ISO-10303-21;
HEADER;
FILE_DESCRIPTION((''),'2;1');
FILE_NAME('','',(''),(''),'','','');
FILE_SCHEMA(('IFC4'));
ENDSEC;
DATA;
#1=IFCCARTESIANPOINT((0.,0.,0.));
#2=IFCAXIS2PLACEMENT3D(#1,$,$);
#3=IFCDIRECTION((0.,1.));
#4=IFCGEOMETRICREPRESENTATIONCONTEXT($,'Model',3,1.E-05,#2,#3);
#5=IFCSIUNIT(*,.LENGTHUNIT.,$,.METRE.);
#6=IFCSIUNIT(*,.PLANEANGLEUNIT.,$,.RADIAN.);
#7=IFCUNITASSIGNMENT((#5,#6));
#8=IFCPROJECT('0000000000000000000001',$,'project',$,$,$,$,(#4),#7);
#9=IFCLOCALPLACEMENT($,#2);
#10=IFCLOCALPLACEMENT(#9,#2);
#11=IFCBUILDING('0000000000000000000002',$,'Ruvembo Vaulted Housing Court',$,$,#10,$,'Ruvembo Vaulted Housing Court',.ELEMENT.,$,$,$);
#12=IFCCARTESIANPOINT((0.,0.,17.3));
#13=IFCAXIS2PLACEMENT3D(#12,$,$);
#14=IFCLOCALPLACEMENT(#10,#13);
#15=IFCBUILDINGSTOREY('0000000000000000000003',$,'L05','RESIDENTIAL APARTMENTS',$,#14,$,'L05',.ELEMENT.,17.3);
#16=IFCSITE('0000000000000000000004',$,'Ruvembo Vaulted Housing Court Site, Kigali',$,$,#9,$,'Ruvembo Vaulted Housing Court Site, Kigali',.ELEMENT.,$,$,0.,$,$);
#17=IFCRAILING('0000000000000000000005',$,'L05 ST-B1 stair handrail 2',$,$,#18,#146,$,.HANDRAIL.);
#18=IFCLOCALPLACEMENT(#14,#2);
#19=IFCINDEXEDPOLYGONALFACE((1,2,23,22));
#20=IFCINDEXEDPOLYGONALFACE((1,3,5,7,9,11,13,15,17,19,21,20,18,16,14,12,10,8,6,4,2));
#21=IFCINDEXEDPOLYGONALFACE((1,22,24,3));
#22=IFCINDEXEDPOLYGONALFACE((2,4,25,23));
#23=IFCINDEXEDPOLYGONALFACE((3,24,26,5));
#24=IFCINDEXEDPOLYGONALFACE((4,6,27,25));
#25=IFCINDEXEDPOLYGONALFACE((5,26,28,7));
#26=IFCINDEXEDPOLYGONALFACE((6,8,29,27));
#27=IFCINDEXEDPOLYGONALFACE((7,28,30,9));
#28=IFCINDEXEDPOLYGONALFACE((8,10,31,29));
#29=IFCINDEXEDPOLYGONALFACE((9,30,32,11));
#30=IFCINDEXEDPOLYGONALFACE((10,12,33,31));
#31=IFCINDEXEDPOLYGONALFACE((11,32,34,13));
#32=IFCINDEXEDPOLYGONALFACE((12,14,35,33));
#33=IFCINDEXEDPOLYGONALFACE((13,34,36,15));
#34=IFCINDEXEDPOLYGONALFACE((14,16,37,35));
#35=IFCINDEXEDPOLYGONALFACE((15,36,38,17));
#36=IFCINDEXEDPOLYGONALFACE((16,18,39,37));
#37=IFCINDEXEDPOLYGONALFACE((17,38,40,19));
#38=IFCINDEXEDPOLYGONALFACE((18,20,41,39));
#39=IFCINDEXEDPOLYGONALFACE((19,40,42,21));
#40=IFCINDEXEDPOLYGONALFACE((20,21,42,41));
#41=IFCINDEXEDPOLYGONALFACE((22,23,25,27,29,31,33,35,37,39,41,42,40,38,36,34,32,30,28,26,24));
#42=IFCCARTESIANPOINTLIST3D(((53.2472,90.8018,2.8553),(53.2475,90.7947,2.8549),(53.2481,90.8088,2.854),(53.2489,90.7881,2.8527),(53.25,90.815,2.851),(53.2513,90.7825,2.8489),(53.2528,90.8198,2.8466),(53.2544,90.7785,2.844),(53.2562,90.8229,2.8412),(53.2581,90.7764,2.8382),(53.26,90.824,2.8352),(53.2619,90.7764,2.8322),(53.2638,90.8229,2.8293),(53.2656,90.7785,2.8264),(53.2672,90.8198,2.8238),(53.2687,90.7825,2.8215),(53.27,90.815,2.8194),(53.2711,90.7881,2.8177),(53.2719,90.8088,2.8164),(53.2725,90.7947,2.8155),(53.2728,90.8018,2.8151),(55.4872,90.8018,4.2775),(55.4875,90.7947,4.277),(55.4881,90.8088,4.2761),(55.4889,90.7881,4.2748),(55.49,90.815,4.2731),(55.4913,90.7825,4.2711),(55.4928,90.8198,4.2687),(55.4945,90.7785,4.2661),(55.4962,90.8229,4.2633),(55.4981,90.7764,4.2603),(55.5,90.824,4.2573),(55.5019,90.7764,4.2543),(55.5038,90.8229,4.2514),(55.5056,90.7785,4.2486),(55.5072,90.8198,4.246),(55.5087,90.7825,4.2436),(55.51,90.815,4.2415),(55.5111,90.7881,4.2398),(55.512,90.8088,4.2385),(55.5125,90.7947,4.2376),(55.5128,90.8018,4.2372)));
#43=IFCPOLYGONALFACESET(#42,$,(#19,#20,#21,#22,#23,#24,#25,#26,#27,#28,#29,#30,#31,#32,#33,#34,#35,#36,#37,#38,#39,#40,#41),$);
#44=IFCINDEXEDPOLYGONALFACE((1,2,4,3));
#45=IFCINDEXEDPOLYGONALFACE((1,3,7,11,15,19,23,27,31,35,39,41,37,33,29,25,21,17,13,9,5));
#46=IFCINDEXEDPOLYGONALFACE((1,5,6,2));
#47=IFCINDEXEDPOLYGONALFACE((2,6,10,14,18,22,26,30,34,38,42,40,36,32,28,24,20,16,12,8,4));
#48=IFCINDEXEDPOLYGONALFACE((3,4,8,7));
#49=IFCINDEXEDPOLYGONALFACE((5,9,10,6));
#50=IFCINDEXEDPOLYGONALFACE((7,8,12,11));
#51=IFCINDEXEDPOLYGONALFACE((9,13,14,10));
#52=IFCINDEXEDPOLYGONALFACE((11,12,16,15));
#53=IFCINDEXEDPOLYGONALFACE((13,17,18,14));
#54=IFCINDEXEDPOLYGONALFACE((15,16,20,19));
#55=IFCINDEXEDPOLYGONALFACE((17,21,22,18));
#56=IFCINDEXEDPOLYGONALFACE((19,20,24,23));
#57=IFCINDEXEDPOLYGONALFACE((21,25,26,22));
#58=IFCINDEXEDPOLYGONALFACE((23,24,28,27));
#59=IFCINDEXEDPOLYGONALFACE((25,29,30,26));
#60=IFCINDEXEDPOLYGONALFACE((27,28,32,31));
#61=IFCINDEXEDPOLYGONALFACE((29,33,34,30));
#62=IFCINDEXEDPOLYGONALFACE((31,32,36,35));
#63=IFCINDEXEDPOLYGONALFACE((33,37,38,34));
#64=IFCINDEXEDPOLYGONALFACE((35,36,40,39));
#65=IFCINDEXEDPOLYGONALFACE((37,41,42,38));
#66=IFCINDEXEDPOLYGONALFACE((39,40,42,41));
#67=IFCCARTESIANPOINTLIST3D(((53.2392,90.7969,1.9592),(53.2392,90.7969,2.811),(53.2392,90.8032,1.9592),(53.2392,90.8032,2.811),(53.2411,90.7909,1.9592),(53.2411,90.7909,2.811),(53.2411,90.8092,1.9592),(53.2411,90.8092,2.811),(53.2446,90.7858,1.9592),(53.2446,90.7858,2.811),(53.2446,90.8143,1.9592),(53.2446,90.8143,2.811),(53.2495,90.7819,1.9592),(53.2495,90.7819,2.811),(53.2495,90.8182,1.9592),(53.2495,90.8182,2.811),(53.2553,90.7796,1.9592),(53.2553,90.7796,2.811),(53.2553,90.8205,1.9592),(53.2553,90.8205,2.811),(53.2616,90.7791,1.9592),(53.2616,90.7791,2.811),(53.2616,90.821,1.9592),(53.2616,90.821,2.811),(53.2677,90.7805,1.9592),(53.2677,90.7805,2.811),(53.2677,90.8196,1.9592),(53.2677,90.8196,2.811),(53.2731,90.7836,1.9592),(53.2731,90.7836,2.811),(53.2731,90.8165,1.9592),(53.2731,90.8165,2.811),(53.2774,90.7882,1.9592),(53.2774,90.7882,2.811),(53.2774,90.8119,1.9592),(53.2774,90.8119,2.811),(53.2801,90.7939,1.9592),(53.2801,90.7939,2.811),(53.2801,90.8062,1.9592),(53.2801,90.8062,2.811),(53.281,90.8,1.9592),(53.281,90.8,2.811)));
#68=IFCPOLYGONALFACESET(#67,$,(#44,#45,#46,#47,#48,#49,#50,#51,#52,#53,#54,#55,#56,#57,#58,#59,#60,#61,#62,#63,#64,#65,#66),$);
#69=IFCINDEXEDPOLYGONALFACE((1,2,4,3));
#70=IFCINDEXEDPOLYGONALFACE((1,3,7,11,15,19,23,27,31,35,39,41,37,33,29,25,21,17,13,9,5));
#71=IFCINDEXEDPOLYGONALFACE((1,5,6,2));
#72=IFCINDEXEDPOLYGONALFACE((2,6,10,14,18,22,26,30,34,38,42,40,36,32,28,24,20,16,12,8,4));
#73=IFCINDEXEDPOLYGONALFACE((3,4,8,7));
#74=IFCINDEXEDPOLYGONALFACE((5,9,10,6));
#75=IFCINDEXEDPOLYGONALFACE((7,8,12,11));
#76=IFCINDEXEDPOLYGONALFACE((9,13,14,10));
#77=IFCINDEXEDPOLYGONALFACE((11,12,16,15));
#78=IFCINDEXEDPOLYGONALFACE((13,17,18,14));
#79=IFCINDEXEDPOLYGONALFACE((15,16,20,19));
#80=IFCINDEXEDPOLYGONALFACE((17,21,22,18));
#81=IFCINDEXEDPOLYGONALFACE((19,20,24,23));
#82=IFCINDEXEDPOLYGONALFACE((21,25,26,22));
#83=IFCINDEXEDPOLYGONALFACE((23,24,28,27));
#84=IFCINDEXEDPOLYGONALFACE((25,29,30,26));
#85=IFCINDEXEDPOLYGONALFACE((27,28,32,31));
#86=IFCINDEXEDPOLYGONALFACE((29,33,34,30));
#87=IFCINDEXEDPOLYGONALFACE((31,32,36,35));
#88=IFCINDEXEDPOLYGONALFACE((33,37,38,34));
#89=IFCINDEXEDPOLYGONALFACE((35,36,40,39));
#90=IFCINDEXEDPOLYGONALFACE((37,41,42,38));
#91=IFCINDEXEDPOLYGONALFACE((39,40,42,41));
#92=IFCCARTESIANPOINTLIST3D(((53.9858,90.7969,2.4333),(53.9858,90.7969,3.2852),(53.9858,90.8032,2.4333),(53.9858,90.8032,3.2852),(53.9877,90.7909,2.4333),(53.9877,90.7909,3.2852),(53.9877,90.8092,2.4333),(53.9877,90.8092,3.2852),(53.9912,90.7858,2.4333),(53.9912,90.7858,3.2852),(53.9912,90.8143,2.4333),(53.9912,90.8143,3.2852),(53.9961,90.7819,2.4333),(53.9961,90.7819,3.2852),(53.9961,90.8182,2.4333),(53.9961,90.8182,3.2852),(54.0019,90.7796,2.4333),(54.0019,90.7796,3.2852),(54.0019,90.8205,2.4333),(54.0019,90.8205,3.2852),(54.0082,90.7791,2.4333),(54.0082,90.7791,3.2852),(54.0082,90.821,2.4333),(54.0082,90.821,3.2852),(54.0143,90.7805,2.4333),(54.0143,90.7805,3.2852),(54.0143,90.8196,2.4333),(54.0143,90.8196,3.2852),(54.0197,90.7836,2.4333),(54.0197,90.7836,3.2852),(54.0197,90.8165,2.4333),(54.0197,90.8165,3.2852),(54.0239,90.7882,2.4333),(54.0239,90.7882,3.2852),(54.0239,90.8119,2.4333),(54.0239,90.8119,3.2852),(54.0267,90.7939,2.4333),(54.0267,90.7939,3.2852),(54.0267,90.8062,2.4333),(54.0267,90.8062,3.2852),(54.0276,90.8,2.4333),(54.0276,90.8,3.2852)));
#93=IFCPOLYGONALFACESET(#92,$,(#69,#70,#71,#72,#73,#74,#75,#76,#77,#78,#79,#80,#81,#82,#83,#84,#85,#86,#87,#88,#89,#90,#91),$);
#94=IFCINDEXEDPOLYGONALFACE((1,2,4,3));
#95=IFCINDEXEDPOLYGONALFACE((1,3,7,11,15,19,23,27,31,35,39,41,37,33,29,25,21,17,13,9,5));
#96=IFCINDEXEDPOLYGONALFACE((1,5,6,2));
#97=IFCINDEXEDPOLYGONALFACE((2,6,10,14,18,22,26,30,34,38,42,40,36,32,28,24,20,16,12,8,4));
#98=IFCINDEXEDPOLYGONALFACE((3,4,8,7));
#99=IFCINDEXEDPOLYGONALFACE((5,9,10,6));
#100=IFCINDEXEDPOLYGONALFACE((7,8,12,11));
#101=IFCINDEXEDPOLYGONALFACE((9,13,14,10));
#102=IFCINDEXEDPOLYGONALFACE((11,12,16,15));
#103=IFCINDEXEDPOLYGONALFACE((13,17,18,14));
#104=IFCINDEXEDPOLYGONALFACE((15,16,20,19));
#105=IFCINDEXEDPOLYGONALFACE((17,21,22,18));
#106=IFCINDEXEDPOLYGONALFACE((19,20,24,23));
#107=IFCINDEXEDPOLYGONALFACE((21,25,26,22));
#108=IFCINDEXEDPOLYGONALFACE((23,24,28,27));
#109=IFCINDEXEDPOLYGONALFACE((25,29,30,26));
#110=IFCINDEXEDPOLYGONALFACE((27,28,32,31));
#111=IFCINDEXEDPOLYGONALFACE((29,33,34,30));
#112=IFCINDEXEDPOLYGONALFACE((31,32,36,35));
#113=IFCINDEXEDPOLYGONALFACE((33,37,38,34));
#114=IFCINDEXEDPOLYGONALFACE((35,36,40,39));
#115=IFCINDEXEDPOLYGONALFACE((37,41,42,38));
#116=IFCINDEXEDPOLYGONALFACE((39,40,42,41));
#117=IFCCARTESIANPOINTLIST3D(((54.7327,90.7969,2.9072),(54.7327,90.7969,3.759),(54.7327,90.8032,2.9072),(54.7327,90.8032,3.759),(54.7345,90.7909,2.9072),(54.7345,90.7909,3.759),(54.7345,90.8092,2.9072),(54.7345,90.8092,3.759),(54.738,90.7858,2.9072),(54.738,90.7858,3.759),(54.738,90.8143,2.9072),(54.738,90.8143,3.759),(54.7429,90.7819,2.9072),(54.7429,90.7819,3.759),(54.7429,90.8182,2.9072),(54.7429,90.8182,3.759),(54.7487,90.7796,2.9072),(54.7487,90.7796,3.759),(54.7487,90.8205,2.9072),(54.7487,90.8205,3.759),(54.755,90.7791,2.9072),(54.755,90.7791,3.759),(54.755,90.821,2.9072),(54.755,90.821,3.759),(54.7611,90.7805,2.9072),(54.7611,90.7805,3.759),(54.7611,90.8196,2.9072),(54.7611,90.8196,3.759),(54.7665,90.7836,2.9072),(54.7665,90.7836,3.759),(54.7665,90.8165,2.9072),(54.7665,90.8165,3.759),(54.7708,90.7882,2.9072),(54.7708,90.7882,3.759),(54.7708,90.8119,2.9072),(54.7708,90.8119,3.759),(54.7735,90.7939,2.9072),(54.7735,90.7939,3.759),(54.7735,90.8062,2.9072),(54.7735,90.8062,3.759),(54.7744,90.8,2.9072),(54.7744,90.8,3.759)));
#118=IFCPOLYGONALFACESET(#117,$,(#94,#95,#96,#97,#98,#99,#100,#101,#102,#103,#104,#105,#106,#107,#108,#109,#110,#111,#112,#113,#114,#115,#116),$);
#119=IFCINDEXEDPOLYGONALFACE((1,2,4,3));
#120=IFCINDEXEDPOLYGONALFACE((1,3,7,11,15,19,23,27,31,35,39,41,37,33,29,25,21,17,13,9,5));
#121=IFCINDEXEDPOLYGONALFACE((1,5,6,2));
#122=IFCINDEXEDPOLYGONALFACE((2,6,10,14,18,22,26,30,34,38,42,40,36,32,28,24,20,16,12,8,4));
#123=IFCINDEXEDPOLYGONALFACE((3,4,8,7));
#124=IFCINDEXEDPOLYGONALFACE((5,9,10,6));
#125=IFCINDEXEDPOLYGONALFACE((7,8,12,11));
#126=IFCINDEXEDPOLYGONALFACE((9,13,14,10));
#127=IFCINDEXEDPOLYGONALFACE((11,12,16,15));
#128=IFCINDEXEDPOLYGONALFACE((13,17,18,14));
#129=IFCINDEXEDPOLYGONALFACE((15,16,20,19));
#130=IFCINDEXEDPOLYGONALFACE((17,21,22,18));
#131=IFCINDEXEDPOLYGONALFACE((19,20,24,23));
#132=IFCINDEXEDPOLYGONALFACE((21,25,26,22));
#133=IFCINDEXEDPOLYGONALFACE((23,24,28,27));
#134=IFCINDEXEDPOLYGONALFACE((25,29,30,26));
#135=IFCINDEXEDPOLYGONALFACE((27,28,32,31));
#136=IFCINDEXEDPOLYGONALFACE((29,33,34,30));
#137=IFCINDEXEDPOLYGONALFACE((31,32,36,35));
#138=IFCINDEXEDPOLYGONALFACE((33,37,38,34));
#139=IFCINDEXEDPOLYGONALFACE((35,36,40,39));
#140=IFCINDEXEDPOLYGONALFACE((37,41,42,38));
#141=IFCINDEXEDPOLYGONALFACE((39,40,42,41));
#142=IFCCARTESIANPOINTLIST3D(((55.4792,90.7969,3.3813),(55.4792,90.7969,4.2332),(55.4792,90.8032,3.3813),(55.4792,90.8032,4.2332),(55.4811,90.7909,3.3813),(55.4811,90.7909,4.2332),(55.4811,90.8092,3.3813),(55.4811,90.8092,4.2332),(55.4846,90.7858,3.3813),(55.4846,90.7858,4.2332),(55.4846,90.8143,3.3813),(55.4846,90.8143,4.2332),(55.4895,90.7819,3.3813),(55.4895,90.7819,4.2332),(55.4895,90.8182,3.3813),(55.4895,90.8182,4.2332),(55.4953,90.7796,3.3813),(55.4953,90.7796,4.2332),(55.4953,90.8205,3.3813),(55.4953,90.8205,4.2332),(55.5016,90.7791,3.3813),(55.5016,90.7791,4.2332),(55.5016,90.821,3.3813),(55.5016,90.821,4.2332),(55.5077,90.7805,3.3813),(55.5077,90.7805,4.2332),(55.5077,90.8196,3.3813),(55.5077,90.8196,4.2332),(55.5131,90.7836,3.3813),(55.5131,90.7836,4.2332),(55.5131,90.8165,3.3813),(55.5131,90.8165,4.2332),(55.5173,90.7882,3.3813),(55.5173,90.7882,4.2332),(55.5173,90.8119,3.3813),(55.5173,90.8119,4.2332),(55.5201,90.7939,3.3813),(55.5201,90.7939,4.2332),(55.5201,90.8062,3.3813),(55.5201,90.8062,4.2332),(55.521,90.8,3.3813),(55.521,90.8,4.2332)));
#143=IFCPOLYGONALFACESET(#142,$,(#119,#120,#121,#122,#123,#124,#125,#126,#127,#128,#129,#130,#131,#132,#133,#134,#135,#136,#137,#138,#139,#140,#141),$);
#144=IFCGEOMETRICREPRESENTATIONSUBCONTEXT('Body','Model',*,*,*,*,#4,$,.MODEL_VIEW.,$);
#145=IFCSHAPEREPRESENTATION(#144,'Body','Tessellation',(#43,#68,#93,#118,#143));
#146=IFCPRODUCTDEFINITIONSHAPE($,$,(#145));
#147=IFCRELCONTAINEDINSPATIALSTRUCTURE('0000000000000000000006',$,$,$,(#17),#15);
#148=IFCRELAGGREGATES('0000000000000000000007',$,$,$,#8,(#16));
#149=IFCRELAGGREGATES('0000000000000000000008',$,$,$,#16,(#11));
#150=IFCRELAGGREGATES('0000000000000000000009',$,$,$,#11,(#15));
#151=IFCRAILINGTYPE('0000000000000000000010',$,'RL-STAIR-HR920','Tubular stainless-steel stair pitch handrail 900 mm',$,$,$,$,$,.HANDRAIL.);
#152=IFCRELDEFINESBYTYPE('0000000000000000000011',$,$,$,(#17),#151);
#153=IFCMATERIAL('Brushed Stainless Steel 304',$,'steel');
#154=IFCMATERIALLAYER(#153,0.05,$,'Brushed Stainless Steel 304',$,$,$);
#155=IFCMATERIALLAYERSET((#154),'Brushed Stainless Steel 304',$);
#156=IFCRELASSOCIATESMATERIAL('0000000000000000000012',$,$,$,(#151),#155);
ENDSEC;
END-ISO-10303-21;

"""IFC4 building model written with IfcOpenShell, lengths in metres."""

from ifc_helpers import new_model, si_unit, direction, frame, origin, origin_2d, place, context, subcontext, project, spatial, circle, extrude, material, layer, layer_set, type_object, element, save


model = new_model("IFC4")

# Units and contexts
model_context = context("Model", 3, precision=1e-05, world=origin(), true_north=direction((0.0, 1.0)))
body_context = subcontext(model_context, "Body", "Model", "MODEL_VIEW")
ifc_project = project(units=[si_unit("LENGTHUNIT", "METRE"), si_unit("PLANEANGLEUNIT", "RADIAN")], contexts=[model_context])

# Site, building, storey
site_placement = place(None, origin())
site = spatial("IfcSite", under=ifc_project, at=site_placement, Name="Ruvembo Vaulted Housing Court Site, Kigali", LongName="Ruvembo Vaulted Housing Court Site, Kigali", CompositionType="ELEMENT", RefElevation=0.0)
building_placement = place(site_placement, origin())
building = spatial("IfcBuilding", under=site, at=building_placement, Name="Ruvembo Vaulted Housing Court", LongName="Ruvembo Vaulted Housing Court", CompositionType="ELEMENT")
storey_placement = place(building_placement, frame((0.0, 0.0, 17.3)))
storey = spatial("IfcBuildingStorey", under=building, at=storey_placement, Name="L05", Description="RESIDENTIAL APARTMENTS", LongName="L05", CompositionType="ELEMENT", Elevation=17.3)

# Railing
ifc_material_1 = material(Name="Brushed Stainless Steel 304", Category="steel")
ifc_layer_1 = layer(ifc_material_1, 0.05, Name="Brushed Stainless Steel 304")
ifc_layer_set_1 = layer_set([ifc_layer_1], Name="Brushed Stainless Steel 304")
railing_type_1 = type_object("IfcRailingType", Name="RL-STAIR-HR920", Description="Tubular stainless-steel stair pitch handrail 900 mm", PredefinedType="HANDRAIL", material=ifc_layer_set_1)
railing_1_placement = place(storey_placement, frame((53.26, 90.8, 1.9592)))
element("IfcRailing", 1, at=railing_1_placement, inside=storey, type_object=railing_type_1, Name="L05 ST-B1 stair handrail 2", PredefinedType="HANDRAIL", context=body_context, shape_type="SweptSolid", body=[
    extrude(circle(Radius=0.0239, at=origin_2d()), frame((0.0, 0.0, 0.876), z_axis=(0.844229, 0.0, 0.535982), x_axis=(0.0, 1.0, 0.0)), (0.0, 0.0, 1.0), 2.6533),
    extrude(circle(Radius=0.021, at=origin_2d()), origin(), (0.0, 0.0, 1.0), 0.8518),
    extrude(circle(Radius=0.021, at=origin_2d()), frame((0.7466, 0.0, 0.4741)), (0.0, 0.0, 1.0), 0.8518),
    extrude(circle(Radius=0.021, at=origin_2d()), frame((1.4934, 0.0, 0.948)), (0.0, 0.0, 1.0), 0.8518),
    extrude(circle(Radius=0.021, at=origin_2d()), frame((2.24, 0.0, 1.4221)), (0.0, 0.0, 1.0), 0.8518),
])

save(model, "model.ifc")
